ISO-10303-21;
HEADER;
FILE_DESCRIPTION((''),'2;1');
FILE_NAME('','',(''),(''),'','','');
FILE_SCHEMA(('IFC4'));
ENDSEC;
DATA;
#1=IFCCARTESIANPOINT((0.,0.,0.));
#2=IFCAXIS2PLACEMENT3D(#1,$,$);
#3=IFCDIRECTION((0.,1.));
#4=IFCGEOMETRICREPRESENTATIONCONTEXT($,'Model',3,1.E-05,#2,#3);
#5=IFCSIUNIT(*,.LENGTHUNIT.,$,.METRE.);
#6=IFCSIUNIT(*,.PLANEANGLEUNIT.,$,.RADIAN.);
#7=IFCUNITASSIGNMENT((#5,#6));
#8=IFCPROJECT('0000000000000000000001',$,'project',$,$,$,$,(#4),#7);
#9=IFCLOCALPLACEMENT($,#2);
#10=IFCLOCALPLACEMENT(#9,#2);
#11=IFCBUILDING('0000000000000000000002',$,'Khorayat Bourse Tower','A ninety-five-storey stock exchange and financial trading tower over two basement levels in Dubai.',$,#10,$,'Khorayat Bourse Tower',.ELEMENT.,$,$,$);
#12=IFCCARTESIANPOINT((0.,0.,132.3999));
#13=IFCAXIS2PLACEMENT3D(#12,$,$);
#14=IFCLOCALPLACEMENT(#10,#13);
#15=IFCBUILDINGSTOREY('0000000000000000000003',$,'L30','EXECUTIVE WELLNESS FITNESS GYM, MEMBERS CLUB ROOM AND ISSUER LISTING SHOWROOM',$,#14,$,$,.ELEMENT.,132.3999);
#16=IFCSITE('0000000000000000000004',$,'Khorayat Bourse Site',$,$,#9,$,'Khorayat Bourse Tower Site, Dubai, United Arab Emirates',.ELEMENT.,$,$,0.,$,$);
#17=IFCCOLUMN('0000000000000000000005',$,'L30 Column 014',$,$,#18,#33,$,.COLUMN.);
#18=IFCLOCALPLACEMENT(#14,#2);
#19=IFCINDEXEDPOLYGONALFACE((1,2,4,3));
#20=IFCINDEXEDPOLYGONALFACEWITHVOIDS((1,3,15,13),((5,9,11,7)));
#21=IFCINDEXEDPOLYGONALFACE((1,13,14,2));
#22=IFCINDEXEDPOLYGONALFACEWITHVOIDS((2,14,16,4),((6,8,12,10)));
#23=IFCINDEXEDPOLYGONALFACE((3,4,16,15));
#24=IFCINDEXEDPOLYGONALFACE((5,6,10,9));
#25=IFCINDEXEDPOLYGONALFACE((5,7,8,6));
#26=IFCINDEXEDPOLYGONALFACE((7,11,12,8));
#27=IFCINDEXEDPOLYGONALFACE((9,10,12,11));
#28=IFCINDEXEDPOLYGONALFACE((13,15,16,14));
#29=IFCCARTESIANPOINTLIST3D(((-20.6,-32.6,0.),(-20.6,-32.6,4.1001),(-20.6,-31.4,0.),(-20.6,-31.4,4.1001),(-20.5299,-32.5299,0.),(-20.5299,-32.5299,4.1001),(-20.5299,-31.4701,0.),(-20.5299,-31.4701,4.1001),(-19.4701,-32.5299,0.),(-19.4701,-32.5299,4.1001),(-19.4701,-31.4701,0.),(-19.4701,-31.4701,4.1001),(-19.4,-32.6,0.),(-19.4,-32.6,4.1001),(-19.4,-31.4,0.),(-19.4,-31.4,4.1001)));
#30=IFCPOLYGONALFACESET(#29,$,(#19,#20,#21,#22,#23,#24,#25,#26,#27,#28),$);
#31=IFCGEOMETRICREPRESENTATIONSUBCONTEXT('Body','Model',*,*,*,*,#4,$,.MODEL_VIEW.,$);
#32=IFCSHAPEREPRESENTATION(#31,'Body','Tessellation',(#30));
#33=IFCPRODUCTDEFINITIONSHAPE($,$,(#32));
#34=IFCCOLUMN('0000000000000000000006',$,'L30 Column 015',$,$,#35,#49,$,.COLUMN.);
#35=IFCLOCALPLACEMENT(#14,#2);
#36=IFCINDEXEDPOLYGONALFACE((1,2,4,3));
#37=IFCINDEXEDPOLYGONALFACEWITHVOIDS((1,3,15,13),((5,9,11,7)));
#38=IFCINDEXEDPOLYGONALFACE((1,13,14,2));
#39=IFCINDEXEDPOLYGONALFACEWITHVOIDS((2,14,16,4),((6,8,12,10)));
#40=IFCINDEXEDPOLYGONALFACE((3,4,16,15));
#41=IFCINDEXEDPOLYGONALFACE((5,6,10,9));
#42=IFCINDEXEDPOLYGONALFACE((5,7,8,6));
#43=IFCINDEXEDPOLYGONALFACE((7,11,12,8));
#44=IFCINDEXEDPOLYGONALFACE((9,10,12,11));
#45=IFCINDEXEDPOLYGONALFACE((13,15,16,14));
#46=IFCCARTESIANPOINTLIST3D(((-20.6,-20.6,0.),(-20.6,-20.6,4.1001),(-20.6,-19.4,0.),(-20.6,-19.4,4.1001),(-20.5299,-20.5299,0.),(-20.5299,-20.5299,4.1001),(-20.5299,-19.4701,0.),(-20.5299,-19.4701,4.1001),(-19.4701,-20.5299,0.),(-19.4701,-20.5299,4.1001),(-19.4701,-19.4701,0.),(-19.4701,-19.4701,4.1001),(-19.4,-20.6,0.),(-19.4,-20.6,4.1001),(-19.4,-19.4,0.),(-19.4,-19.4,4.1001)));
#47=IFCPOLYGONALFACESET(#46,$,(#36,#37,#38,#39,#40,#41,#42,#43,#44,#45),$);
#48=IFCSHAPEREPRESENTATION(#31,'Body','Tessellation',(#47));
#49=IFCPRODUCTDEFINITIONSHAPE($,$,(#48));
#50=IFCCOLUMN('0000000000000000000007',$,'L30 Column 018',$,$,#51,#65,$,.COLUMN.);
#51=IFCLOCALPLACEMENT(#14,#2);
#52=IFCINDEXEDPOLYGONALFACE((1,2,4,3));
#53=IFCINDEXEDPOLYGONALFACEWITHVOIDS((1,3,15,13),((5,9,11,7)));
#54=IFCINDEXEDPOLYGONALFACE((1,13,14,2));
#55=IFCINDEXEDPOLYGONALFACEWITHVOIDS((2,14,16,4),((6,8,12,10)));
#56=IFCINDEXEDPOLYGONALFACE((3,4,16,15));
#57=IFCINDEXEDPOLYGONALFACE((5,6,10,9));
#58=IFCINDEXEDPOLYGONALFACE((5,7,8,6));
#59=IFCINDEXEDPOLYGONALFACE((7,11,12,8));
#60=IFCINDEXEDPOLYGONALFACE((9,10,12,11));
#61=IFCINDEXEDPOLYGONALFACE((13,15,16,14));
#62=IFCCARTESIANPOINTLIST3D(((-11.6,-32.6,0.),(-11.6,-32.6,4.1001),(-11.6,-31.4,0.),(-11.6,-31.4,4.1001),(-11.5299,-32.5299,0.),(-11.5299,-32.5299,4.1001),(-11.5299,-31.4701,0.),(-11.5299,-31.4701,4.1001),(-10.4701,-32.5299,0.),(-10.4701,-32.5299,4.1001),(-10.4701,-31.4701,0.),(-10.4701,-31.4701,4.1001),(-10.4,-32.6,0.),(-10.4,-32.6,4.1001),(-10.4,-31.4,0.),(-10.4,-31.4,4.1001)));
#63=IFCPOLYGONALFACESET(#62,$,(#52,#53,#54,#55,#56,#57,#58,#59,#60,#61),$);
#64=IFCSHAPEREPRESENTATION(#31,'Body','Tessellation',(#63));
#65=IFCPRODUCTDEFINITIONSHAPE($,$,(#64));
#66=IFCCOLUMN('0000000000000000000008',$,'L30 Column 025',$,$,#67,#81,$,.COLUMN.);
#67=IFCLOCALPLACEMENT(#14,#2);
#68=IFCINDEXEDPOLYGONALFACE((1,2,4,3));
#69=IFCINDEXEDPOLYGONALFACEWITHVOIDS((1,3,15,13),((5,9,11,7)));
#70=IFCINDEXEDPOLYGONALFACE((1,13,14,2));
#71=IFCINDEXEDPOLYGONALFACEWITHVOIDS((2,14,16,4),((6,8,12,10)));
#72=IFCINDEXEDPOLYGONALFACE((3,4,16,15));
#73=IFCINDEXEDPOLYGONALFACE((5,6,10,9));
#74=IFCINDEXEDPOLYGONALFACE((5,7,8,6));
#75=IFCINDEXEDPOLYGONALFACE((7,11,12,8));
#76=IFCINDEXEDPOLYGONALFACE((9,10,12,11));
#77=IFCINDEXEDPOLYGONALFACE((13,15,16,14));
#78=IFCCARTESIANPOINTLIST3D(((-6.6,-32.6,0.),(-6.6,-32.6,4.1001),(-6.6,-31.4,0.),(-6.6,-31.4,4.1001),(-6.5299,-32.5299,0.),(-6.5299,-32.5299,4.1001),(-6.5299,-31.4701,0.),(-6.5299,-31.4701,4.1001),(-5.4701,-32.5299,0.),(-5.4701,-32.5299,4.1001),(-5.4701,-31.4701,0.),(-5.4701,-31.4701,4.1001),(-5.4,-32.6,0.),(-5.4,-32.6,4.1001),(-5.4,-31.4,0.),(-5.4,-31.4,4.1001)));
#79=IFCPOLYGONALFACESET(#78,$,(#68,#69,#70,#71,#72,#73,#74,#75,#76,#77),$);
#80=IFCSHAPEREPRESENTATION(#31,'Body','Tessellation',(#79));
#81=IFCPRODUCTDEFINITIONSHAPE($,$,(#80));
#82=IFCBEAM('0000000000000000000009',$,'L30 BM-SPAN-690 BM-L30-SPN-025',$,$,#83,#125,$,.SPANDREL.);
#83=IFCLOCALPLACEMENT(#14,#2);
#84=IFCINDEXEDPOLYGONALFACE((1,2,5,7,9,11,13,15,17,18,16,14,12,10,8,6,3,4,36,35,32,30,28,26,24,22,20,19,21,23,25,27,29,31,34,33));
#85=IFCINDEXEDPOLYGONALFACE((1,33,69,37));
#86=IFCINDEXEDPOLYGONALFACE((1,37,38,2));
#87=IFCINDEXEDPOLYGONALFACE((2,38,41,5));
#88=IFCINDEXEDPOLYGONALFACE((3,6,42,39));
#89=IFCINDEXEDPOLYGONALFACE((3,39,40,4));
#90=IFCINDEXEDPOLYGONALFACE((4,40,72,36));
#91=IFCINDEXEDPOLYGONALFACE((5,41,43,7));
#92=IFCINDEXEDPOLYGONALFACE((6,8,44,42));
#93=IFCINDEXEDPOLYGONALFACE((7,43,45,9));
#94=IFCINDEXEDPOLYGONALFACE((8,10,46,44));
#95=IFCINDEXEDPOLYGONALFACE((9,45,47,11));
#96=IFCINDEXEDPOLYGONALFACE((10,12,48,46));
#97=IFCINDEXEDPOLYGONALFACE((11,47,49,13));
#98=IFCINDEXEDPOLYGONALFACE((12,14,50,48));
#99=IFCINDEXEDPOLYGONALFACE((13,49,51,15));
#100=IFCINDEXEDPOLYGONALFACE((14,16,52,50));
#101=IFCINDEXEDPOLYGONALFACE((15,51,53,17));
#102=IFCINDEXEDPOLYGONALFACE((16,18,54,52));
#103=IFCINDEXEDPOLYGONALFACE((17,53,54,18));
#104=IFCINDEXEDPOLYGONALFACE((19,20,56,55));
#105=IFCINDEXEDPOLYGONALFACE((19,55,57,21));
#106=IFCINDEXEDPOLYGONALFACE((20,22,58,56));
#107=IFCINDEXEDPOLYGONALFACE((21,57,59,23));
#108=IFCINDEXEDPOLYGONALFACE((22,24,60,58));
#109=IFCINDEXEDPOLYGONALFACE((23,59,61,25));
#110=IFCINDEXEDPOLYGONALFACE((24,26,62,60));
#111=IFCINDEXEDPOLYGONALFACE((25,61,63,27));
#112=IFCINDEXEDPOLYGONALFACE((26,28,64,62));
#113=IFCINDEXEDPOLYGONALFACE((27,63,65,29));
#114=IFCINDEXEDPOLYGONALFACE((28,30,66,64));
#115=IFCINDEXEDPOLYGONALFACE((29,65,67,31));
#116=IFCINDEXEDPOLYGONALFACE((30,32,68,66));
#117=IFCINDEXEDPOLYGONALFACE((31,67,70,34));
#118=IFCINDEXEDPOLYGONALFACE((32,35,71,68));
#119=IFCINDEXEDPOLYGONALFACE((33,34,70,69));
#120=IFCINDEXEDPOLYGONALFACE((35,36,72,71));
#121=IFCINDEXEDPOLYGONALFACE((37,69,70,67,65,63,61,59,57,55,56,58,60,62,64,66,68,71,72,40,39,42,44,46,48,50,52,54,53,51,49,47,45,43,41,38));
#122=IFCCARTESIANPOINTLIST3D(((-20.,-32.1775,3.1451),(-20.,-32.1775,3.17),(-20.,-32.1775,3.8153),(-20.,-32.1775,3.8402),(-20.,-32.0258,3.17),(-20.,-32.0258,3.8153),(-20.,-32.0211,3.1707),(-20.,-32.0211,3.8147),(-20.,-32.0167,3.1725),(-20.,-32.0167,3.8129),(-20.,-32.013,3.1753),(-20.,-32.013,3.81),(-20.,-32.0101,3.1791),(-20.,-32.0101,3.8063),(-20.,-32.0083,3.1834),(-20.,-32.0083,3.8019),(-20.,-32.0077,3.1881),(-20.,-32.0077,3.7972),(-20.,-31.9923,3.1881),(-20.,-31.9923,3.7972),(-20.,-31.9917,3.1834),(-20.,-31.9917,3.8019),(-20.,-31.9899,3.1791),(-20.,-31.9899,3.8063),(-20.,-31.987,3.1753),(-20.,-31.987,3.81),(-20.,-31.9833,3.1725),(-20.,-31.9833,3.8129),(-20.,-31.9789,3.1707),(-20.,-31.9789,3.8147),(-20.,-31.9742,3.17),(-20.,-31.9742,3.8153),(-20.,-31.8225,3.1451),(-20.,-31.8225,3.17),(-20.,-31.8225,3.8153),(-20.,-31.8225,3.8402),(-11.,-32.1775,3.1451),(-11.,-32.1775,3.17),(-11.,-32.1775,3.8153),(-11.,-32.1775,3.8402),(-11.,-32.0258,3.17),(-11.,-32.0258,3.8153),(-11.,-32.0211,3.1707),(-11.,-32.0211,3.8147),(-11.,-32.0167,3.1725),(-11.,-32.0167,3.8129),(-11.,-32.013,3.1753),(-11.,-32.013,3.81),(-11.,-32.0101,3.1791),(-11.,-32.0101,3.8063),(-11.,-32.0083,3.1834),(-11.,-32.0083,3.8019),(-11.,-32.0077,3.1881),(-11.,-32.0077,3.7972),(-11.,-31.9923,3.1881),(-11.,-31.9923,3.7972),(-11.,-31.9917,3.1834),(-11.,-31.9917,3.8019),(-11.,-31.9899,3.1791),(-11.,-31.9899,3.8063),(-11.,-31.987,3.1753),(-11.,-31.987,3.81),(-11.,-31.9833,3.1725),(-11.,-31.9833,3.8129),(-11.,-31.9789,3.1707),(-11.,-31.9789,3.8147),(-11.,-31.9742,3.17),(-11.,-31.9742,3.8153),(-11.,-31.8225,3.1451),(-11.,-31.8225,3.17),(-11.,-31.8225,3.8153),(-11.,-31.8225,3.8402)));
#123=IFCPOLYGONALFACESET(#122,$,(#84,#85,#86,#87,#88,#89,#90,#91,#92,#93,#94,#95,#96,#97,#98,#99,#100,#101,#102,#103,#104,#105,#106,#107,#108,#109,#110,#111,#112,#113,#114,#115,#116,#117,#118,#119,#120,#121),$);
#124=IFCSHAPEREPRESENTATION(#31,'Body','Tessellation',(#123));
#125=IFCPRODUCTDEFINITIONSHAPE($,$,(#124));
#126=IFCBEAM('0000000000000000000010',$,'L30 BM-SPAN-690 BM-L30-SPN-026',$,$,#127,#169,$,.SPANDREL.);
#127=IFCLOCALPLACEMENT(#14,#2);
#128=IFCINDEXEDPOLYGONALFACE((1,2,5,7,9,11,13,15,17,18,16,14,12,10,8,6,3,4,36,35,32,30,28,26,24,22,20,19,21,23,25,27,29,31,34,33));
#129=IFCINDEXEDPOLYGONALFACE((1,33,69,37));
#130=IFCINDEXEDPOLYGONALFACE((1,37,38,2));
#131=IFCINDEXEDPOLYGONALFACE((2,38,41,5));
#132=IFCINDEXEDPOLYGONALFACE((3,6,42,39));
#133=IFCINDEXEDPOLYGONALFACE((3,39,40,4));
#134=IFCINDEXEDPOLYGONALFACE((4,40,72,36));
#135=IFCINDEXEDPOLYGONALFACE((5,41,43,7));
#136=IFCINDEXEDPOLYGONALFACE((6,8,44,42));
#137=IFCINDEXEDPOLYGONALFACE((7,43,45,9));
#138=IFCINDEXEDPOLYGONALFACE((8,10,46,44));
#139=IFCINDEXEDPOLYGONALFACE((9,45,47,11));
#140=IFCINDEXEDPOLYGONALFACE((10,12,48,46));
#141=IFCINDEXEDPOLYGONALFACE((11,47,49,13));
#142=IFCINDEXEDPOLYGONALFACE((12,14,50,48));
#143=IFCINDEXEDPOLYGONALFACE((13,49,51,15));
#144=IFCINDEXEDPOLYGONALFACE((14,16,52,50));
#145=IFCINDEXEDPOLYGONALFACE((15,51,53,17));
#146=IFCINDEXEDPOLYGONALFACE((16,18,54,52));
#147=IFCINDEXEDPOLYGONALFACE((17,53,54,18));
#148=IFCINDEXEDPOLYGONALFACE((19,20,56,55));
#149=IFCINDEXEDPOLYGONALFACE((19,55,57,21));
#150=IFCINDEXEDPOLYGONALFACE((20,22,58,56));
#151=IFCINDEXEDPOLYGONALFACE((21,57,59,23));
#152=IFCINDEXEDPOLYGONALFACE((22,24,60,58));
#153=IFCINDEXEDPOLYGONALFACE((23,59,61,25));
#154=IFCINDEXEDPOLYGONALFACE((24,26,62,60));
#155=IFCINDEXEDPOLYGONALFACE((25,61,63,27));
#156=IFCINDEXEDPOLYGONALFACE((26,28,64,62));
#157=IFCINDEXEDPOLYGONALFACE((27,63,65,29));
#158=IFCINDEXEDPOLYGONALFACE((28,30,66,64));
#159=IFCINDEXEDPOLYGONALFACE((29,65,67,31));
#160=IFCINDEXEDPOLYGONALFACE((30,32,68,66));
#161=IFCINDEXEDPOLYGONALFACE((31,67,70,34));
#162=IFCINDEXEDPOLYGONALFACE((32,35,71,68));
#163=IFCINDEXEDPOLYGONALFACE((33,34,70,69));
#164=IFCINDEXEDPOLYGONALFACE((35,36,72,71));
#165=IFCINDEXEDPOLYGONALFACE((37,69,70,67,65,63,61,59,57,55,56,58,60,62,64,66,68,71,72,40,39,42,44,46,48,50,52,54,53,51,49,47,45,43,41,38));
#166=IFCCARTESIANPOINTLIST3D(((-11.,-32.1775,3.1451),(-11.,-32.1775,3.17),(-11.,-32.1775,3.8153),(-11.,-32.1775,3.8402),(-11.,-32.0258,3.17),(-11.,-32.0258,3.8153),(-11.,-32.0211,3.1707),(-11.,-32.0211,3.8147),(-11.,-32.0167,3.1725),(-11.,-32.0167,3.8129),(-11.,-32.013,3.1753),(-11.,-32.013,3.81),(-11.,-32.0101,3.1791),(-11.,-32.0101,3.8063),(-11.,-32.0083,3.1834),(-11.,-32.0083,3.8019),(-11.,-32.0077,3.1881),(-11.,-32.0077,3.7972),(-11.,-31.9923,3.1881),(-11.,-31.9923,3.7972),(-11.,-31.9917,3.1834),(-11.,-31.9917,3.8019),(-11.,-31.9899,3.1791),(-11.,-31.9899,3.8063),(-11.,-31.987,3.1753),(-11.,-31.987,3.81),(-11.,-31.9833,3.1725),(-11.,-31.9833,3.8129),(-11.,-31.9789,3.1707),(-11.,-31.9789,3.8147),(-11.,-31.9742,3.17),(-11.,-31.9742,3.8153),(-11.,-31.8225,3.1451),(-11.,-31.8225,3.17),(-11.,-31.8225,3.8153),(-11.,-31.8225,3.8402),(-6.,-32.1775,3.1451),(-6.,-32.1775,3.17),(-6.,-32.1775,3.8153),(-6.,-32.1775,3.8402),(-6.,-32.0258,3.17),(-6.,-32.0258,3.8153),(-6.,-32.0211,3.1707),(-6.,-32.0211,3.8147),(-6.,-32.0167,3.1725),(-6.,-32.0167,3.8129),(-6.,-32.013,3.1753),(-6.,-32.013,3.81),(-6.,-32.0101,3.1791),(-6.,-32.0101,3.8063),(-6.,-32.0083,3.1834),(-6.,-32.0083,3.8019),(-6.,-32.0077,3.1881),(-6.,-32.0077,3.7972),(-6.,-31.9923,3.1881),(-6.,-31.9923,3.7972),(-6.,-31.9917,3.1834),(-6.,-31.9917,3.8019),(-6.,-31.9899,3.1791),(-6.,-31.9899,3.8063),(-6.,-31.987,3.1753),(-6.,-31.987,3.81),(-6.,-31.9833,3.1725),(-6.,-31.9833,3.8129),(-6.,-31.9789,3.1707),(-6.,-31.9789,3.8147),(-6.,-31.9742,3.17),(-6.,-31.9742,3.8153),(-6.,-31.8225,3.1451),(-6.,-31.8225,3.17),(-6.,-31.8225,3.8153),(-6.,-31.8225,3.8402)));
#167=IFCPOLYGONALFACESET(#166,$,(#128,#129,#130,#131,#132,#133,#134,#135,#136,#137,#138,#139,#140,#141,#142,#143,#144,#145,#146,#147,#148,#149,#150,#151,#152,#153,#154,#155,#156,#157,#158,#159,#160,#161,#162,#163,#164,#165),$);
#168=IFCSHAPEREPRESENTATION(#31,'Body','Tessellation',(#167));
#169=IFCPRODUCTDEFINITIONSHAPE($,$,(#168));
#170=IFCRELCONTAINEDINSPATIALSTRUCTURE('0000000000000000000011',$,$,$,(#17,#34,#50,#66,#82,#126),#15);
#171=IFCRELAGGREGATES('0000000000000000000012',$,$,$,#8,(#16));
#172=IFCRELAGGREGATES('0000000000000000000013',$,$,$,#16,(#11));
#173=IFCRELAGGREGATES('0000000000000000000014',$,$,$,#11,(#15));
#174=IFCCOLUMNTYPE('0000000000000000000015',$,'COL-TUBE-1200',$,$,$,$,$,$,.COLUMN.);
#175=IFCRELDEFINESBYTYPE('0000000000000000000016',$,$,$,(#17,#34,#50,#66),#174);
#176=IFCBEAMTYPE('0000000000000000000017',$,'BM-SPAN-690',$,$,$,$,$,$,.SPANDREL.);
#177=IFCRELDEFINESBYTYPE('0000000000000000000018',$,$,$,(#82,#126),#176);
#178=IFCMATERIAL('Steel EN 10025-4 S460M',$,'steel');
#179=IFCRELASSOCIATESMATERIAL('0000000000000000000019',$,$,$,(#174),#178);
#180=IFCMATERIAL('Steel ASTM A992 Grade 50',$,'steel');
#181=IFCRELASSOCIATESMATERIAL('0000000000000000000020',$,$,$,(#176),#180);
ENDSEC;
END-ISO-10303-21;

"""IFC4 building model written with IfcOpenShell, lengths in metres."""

from ifc_helpers import new_model, si_unit, direction, frame, origin, origin_2d, place, context, subcontext, project, spatial, hollow_rectangle, i_section, extrude, source, transform, mapped, material, material_profile, profile_set, type_object, element, save


model = new_model("IFC4")

# Units and contexts
model_context = context("Model", 3, precision=1e-05, world=origin(), true_north=direction((0.0, 1.0)))
body_context = subcontext(model_context, "Body", "Model", "MODEL_VIEW")
ifc_project = project(units=[si_unit("LENGTHUNIT", "METRE"), si_unit("PLANEANGLEUNIT", "RADIAN")], contexts=[model_context])

# Site, building, storey
site_placement = place(None, origin())
site = spatial("IfcSite", under=ifc_project, at=site_placement, Name="Khorayat Bourse Site", LongName="Khorayat Bourse Tower Site, Dubai, United Arab Emirates", CompositionType="ELEMENT", RefElevation=0.0)
building_placement = place(site_placement, origin())
building = spatial("IfcBuilding", under=site, at=building_placement, Name="Khorayat Bourse Tower", Description="A ninety-five-storey stock exchange and financial trading tower over two basement levels in Dubai.", LongName="Khorayat Bourse Tower", CompositionType="ELEMENT")
storey_placement = place(building_placement, frame((0.0, 0.0, 132.3999)))
storey = spatial("IfcBuildingStorey", under=building, at=storey_placement, Name="L30", Description="EXECUTIVE WELLNESS FITNESS GYM, MEMBERS CLUB ROOM AND ISSUER LISTING SHOWROOM", CompositionType="ELEMENT", Elevation=132.3999)

# Columns
ifc_material_1 = material(Name="Steel EN 10025-4 S460M", Category="steel")
ifc_material_profile_1 = material_profile(ifc_material_1, hollow_rectangle(XDim=1.2, YDim=1.2, WallThickness=0.0701, at=origin_2d()), Name="BOX 1200x1200x70")
ifc_profile_set_1 = profile_set([ifc_material_profile_1], Name="Steel EN 10025-4 S460M")
column_type = type_object("IfcColumnType", Name="COL-TUBE-1200", PredefinedType="COLUMN", material=ifc_profile_set_1)
shared_shape_1 = source(origin(), body_context, "Body", "SweptSolid", [
    extrude(hollow_rectangle(XDim=1.2, YDim=1.2, WallThickness=0.0701, at=origin_2d()), origin(), (0.0, 0.0, 1.0), 4.1001),
])
for number, where, z_axis, x_axis, name in (
    (1, (-20.0, -32.0, 0.0), (0.0, 0.0, 1.0), (1.0, 0.0, 0.0), "L30 Column 014"),
    (2, (-20.0, -20.0, 0.0), (0.0, 0.0, 1.0), (1.0, 0.0, 0.0), "L30 Column 015"),
    (3, (-11.0, -32.0, 0.0), (0.0, 0.0, 1.0), (1.0, 0.0, 0.0), "L30 Column 018"),
    (4, (-6.0, -32.0, 0.0), (0.0, 0.0, 1.0), (1.0, 0.0, 0.0), "L30 Column 025"),
):
    element("IfcColumn", number, at=place(storey_placement, frame(where, z_axis=z_axis, x_axis=x_axis)), inside=storey, type_object=column_type, Name=name, PredefinedType="COLUMN", context=body_context, shape_type="MappedRepresentation", body=[
        mapped(shared_shape_1, transform((0.0, 0.0, 0.0), scale=1.0)),
    ])

# Beams
ifc_material_2 = material(Name="Steel ASTM A992 Grade 50", Category="steel")
ifc_material_profile_2 = material_profile(ifc_material_2, i_section(OverallWidth=0.355, OverallDepth=0.6951, WebThickness=0.0154, FlangeThickness=0.0249, FilletRadius=0.0181, at=origin_2d()), Name="W690X217")
ifc_profile_set_2 = profile_set([ifc_material_profile_2], Name="Steel ASTM A992 Grade 50")
beam_type_1 = type_object("IfcBeamType", Name="BM-SPAN-690", PredefinedType="SPANDREL", material=ifc_profile_set_2)
shared_shape_2 = source(origin(), body_context, "Body", "SweptSolid", [
    extrude(i_section(OverallWidth=0.355, OverallDepth=0.6951, WebThickness=0.0154, FlangeThickness=0.0249, FilletRadius=0.0181, at=origin_2d()), origin(), (0.0, 0.0, 1.0), 9.0),
])
beam_1_placement = place(storey_placement, frame((-20.0, -32.0, 3.4927), z_axis=(1.0, 0.0, 0.0), x_axis=(0.0, 1.0, 0.0)))
element("IfcBeam", 5, at=beam_1_placement, inside=storey, type_object=beam_type_1, Name="L30 BM-SPAN-690 BM-L30-SPN-025", PredefinedType="SPANDREL", context=body_context, shape_type="MappedRepresentation", body=[
    mapped(shared_shape_2, transform((0.0, 0.0, 0.0), scale=1.0)),
])
shared_shape_3 = source(origin(), body_context, "Body", "SweptSolid", [
    extrude(i_section(OverallWidth=0.355, OverallDepth=0.6951, WebThickness=0.0154, FlangeThickness=0.0249, FilletRadius=0.0181, at=origin_2d()), origin(), (0.0, 0.0, 1.0), 5.0),
])
beam_2_placement = place(storey_placement, frame((-11.0, -32.0, 3.4927), z_axis=(1.0, 0.0, 0.0), x_axis=(0.0, 1.0, 0.0)))
element("IfcBeam", 6, at=beam_2_placement, inside=storey, type_object=beam_type_1, Name="L30 BM-SPAN-690 BM-L30-SPN-026", PredefinedType="SPANDREL", context=body_context, shape_type="MappedRepresentation", body=[
    mapped(shared_shape_3, transform((0.0, 0.0, 0.0), scale=1.0)),
])

save(model, "model.ifc")
